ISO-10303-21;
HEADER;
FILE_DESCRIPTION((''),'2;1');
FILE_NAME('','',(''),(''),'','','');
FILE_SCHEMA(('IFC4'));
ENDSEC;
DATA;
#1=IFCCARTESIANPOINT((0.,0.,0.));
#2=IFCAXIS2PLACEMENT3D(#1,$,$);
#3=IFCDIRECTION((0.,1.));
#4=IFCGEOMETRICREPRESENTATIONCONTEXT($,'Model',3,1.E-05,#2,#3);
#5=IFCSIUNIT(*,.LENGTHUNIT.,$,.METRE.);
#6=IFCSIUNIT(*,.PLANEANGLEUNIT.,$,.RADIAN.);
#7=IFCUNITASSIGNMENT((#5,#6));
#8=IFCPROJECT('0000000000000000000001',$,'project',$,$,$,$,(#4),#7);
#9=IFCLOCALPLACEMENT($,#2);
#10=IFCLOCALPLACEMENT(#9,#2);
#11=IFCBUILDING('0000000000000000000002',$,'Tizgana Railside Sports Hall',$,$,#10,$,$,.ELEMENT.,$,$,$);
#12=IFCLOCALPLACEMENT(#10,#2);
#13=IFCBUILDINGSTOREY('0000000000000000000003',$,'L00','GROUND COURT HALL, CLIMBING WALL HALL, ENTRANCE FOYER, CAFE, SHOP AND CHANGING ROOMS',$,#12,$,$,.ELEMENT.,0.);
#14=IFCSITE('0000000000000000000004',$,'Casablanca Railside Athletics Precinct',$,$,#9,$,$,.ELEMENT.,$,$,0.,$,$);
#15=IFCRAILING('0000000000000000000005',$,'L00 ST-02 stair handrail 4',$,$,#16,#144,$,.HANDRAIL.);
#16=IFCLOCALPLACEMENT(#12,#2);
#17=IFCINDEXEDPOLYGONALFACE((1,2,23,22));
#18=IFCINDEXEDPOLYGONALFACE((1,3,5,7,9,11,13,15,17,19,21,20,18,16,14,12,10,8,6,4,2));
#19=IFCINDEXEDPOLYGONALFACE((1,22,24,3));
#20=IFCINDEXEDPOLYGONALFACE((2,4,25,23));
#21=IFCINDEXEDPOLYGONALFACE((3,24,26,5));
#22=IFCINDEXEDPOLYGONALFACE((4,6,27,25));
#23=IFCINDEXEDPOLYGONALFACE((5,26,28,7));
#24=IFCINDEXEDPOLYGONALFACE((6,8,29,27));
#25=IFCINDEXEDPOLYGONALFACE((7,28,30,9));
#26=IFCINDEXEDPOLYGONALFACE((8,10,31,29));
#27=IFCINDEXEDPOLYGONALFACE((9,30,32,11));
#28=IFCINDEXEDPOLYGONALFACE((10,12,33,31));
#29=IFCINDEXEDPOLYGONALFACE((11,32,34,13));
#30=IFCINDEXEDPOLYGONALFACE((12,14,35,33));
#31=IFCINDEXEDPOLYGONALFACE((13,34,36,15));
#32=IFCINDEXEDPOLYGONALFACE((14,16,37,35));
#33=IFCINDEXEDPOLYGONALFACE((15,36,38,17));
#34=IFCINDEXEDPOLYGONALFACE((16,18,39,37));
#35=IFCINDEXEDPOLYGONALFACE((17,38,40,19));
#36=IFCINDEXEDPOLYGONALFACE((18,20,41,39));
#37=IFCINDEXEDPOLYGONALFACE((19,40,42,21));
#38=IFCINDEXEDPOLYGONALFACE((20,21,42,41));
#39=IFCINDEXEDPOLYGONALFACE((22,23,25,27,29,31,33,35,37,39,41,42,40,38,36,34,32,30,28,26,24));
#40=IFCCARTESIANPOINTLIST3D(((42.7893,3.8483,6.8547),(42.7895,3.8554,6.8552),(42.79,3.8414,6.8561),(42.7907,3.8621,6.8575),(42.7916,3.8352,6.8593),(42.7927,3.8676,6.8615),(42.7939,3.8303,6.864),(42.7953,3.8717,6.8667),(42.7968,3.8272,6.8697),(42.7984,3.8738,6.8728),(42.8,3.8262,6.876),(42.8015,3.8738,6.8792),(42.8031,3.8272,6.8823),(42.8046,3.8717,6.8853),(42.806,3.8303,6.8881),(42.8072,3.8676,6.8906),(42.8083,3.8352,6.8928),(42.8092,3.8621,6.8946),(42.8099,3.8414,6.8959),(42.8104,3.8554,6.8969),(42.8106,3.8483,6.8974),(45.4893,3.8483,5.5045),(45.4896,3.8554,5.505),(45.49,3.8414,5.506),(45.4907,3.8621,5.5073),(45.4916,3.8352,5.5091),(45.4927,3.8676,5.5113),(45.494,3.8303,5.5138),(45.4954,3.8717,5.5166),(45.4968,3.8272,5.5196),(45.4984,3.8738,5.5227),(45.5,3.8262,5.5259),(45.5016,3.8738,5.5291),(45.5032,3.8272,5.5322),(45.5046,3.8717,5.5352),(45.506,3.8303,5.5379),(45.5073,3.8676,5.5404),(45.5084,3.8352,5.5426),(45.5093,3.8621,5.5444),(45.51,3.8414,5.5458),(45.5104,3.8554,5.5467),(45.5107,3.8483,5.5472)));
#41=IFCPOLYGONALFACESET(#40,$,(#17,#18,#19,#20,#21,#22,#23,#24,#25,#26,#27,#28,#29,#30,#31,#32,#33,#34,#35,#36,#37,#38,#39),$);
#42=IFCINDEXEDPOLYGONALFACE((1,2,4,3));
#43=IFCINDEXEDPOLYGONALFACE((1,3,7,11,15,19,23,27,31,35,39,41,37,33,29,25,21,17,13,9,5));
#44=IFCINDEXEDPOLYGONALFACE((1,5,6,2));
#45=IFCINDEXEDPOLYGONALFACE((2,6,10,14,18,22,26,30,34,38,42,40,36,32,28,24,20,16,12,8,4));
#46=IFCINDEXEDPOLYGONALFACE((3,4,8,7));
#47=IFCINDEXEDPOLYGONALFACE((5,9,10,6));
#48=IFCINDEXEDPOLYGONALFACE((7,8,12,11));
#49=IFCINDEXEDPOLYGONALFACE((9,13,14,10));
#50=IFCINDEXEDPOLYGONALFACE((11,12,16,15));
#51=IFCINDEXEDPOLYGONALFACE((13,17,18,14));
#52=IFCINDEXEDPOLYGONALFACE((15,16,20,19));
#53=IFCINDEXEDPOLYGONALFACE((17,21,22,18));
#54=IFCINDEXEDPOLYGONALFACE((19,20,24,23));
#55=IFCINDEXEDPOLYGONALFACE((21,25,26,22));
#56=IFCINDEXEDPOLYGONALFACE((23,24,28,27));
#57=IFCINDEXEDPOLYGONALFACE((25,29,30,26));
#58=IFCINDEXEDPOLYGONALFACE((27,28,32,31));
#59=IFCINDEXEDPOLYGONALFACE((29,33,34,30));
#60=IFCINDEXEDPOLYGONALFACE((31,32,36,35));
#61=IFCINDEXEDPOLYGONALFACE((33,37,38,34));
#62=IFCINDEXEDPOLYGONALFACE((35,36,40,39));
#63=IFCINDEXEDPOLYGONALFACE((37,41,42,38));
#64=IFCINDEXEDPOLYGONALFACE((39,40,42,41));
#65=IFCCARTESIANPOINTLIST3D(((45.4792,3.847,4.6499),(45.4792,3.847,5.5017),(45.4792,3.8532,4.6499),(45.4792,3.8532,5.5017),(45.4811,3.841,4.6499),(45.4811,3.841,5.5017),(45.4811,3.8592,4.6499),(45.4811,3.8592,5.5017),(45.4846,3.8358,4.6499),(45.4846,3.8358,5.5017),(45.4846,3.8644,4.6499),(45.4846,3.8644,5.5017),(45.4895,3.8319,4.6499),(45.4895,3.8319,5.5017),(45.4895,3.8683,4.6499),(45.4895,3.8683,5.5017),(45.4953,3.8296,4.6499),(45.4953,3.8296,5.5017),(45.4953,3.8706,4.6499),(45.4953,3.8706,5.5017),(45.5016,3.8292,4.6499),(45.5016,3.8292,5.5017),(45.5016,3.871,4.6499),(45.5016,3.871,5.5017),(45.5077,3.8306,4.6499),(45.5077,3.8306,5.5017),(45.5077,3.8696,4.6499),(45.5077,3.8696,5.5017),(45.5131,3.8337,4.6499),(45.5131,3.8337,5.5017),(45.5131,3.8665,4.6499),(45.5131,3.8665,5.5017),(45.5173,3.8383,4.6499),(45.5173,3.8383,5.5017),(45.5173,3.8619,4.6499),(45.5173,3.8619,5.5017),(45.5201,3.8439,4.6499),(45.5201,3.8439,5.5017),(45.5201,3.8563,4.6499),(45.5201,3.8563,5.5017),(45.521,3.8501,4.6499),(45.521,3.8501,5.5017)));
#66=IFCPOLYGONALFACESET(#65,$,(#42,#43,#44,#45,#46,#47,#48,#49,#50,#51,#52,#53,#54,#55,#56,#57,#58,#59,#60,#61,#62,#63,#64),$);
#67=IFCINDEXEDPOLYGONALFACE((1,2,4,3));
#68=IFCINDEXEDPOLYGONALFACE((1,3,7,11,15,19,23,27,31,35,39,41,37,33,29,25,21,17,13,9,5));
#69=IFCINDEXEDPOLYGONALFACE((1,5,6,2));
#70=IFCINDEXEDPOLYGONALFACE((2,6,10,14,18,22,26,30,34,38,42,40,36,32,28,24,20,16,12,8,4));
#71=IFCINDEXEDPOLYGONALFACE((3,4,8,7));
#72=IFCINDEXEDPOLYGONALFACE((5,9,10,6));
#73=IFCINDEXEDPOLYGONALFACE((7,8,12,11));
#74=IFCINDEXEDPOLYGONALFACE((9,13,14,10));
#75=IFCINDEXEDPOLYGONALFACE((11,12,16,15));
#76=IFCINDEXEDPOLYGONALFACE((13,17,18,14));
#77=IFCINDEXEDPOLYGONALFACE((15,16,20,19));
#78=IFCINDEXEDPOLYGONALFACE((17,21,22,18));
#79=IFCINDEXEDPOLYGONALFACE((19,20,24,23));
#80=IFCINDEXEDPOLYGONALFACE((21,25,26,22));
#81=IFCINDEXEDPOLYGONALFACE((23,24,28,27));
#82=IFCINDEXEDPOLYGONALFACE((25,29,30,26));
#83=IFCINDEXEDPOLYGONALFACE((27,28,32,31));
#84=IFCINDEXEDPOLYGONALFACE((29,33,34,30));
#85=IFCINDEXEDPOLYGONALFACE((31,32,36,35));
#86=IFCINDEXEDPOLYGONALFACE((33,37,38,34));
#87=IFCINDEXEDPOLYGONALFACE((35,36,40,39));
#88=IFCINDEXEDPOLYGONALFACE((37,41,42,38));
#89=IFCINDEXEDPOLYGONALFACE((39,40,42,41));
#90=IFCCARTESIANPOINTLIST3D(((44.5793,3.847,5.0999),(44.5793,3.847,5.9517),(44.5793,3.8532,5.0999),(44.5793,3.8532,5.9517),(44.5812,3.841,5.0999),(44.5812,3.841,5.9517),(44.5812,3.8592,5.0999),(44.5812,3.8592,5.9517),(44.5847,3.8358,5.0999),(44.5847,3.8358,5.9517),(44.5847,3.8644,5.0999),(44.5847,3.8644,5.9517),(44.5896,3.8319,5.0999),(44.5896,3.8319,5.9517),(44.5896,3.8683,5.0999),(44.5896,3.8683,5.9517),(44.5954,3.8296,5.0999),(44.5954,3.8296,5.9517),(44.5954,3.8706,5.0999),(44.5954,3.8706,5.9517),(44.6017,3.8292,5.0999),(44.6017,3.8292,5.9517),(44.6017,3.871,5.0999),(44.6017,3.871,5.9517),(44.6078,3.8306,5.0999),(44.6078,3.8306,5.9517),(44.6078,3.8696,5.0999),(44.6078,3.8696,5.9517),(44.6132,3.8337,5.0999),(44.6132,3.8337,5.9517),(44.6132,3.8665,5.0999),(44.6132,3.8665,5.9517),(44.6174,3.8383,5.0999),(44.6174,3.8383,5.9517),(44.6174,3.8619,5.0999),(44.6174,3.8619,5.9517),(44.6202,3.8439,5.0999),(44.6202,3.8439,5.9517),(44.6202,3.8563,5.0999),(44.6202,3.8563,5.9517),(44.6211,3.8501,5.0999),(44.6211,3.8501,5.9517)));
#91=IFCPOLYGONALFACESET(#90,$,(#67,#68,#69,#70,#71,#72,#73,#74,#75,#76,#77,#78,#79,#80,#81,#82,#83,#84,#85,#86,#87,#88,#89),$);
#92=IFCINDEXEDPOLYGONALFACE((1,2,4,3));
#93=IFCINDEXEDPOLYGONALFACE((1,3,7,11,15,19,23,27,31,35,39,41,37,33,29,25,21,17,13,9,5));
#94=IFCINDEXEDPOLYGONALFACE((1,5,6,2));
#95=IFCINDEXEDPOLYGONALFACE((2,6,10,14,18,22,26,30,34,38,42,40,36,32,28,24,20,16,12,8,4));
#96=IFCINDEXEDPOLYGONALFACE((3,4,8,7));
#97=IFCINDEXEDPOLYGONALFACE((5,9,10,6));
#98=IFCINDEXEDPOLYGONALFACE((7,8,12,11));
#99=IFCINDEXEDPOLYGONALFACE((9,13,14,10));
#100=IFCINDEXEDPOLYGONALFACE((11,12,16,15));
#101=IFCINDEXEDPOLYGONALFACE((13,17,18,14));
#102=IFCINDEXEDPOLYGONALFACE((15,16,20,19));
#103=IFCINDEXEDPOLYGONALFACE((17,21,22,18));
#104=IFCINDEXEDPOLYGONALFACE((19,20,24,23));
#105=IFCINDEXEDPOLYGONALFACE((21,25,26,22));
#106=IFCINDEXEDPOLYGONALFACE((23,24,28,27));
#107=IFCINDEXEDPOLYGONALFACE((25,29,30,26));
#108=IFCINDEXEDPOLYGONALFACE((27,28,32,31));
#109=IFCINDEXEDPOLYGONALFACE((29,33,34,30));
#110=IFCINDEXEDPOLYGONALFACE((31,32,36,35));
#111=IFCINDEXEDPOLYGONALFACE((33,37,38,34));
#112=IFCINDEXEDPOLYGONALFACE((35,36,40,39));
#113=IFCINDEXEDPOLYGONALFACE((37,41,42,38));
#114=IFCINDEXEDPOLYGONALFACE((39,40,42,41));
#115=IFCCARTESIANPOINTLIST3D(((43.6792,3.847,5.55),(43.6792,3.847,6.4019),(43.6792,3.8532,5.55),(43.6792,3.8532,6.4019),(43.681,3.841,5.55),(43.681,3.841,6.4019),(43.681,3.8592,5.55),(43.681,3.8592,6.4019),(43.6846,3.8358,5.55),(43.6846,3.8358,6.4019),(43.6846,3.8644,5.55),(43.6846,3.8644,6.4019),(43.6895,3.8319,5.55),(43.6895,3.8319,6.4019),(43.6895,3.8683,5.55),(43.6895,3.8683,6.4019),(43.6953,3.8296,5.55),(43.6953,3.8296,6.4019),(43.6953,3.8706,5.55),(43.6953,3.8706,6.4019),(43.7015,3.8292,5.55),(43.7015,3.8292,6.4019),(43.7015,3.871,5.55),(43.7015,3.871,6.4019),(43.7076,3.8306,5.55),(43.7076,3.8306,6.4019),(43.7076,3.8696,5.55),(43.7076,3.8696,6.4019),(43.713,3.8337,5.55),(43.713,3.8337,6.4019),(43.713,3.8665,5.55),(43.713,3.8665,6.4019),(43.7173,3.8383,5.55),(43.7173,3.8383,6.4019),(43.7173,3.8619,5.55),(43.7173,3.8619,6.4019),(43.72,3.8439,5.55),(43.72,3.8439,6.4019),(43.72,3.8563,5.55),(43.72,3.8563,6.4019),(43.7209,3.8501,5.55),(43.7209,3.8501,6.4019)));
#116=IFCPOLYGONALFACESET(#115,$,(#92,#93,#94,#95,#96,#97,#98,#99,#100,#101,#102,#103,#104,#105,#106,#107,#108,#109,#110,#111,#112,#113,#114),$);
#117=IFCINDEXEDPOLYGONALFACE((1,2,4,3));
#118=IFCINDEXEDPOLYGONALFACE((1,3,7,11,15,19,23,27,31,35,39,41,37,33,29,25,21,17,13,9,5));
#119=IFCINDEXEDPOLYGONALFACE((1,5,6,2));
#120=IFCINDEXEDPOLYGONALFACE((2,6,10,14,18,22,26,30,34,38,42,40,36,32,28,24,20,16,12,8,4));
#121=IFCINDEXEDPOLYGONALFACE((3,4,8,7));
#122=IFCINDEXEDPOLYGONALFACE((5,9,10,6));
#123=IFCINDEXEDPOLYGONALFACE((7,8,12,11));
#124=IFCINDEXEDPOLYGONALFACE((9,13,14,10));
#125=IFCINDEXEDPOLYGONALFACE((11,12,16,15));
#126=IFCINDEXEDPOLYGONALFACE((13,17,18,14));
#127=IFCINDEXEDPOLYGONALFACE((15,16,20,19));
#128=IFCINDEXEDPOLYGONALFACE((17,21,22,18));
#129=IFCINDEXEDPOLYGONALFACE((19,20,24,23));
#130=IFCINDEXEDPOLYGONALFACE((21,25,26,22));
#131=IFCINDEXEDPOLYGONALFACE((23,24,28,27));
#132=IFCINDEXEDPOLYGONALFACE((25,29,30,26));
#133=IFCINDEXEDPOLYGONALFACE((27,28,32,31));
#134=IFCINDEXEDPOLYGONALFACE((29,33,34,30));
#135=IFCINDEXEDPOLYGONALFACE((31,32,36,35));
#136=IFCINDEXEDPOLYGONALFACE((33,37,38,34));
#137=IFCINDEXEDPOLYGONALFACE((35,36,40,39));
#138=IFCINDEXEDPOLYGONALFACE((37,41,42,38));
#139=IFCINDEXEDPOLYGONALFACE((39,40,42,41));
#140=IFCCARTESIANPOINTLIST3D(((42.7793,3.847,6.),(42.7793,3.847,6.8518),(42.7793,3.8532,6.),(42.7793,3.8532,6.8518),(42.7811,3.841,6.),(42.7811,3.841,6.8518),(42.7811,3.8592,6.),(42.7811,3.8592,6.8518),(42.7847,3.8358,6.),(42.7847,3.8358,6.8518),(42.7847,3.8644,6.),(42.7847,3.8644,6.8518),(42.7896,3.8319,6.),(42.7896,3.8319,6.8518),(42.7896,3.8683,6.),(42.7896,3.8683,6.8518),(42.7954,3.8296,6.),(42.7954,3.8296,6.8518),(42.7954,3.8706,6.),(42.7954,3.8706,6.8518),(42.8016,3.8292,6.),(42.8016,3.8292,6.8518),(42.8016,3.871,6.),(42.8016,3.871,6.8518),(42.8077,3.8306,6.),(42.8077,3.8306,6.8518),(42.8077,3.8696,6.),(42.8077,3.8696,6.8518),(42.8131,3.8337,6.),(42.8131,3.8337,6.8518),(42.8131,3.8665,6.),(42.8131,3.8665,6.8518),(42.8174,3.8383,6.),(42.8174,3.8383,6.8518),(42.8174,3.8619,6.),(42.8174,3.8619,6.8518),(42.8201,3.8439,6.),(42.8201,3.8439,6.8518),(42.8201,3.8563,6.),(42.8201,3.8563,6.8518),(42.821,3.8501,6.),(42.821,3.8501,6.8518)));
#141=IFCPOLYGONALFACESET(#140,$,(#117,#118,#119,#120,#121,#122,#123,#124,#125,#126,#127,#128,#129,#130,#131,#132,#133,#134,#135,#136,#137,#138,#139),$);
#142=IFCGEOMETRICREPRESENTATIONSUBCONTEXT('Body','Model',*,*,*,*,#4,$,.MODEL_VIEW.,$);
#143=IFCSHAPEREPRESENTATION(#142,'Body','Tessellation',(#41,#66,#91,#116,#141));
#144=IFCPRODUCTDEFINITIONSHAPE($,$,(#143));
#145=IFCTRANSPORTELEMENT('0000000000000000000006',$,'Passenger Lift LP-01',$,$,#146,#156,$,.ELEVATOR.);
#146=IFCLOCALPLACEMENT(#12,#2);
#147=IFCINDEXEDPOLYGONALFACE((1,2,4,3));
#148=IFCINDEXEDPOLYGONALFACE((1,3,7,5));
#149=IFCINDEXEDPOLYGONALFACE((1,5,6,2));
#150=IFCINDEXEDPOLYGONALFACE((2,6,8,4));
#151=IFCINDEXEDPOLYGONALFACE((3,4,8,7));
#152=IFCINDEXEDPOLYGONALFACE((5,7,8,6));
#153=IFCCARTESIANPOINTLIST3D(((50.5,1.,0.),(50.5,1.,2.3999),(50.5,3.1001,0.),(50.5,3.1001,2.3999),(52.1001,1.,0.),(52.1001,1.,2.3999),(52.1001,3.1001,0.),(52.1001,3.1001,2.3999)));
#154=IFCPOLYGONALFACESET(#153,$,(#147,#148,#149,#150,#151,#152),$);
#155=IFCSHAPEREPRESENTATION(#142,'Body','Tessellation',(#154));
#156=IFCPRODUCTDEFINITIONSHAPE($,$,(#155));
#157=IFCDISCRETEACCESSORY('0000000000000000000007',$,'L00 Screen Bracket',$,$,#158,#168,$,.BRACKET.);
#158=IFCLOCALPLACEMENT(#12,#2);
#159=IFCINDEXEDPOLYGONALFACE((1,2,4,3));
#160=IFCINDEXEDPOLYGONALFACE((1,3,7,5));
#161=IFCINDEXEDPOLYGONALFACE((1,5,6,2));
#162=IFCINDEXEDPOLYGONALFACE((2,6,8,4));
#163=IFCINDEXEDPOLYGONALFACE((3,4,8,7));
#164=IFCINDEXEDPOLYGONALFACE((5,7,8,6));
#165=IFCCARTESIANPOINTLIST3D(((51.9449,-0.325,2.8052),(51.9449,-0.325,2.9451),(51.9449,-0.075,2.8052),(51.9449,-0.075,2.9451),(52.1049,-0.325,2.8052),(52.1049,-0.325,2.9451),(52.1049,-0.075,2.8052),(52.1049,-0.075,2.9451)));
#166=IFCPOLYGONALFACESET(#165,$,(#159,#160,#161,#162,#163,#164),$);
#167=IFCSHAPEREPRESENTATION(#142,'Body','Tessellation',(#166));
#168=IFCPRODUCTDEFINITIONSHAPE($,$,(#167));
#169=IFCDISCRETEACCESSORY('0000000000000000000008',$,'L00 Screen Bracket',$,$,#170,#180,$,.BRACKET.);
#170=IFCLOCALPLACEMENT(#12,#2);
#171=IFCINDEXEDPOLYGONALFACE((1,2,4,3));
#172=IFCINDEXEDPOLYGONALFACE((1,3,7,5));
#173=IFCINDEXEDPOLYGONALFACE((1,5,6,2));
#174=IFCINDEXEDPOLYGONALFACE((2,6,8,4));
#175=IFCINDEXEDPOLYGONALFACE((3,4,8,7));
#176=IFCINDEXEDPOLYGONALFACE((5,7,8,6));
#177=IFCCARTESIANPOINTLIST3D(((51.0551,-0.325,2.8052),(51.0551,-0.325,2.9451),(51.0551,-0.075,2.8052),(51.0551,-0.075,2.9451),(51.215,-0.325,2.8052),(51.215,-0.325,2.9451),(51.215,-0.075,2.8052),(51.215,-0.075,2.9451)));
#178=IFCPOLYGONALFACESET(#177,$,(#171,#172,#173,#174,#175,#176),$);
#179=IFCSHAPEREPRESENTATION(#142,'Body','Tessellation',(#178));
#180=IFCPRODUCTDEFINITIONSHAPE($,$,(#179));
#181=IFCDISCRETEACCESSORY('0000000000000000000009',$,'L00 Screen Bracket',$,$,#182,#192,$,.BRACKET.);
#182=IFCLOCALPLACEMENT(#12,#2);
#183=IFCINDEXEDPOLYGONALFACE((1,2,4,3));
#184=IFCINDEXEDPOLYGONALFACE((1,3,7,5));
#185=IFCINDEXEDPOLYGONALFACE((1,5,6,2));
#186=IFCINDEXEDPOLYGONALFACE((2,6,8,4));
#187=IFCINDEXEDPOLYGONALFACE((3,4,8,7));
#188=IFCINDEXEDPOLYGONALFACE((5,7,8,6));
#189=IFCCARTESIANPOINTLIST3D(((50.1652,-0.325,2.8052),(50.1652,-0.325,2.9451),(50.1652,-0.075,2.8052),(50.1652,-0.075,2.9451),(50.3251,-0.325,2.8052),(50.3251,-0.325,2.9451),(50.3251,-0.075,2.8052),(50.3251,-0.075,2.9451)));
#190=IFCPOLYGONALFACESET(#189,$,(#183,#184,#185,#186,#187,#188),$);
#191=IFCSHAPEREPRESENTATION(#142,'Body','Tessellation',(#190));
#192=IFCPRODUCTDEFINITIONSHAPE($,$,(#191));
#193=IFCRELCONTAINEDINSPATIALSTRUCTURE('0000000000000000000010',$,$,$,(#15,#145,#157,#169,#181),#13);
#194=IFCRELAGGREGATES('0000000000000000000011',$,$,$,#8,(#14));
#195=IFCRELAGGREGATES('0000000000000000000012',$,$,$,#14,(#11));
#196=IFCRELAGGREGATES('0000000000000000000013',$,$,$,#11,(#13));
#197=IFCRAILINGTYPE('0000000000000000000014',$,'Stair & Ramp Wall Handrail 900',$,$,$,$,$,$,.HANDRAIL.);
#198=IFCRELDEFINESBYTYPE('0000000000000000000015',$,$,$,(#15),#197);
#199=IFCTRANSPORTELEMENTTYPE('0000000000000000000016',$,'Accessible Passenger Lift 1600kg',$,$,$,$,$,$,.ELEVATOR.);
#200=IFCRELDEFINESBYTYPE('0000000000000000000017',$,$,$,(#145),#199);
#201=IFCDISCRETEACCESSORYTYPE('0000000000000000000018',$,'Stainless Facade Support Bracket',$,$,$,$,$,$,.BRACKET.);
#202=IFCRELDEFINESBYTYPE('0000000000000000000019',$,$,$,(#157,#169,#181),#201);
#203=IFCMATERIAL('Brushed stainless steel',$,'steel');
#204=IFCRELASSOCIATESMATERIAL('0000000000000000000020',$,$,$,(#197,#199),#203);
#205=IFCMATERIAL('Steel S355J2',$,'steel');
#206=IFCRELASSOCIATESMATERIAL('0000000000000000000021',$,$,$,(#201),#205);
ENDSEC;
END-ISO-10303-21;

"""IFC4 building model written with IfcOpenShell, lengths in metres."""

from ifc_helpers import new_model, si_unit, direction, frame, origin, origin_2d, place, context, subcontext, project, spatial, rectangle, circle, extrude, material, type_object, element, save


model = new_model("IFC4")

# Units and contexts
model_context = context("Model", 3, precision=1e-05, world=origin(), true_north=direction((0.0, 1.0)))
body_context = subcontext(model_context, "Body", "Model", "MODEL_VIEW")
ifc_project = project(units=[si_unit("LENGTHUNIT", "METRE"), si_unit("PLANEANGLEUNIT", "RADIAN")], contexts=[model_context])

# Site, building, storey
site_placement = place(None, origin())
site = spatial("IfcSite", under=ifc_project, at=site_placement, Name="Casablanca Railside Athletics Precinct", CompositionType="ELEMENT", RefElevation=0.0)
building_placement = place(site_placement, origin())
building = spatial("IfcBuilding", under=site, at=building_placement, Name="Tizgana Railside Sports Hall", CompositionType="ELEMENT")
storey_placement = place(building_placement, origin())
storey = spatial("IfcBuildingStorey", under=building, at=storey_placement, Name="L00", Description="GROUND COURT HALL, CLIMBING WALL HALL, ENTRANCE FOYER, CAFE, SHOP AND CHANGING ROOMS", CompositionType="ELEMENT", Elevation=0.0)

# Shared definitions
ifc_material_1 = material(Name="Steel S355J2", Category="steel")

# Shared definitions
ifc_material_2 = material(Name="Brushed stainless steel", Category="steel")

# Railing
railing_type_1 = type_object("IfcRailingType", Name="Stair & Ramp Wall Handrail 900", PredefinedType="HANDRAIL", material=ifc_material_2)
for number, where, name in (
    (1, (45.5, 3.8501, 4.6499), "L00 ST-02 stair handrail 4"),
):
    element("IfcRailing", number, at=place(storey_placement, frame(where)), inside=storey, type_object=railing_type_1, Name=name, PredefinedType="HANDRAIL", context=body_context, shape_type="SweptSolid", body=[
        extrude(circle(Radius=0.0239, at=origin_2d()), frame((0.0, 0.0, 0.876), z_axis=(-0.894411, 0.0, 0.447246), x_axis=(0.0, -1.0, 0.0)), (0.0, 0.0, 1.0), 3.0188),
        extrude(circle(Radius=0.021, at=origin_2d()), origin(), (0.0, 0.0, 1.0), 0.8518),
        extrude(circle(Radius=0.021, at=origin_2d()), frame((-0.8999, 0.0, 0.45)), (0.0, 0.0, 1.0), 0.8518),
        extrude(circle(Radius=0.021, at=origin_2d()), frame((-1.8, 0.0, 0.9001)), (0.0, 0.0, 1.0), 0.8518),
        extrude(circle(Radius=0.021, at=origin_2d()), frame((-2.7, 0.0, 1.3501)), (0.0, 0.0, 1.0), 0.8518),
    ])

# Transport element
transport_element_type = type_object("IfcTransportElementType", Name="Accessible Passenger Lift 1600kg", PredefinedType="ELEVATOR", material=ifc_material_2)
transport_element_placement = place(storey_placement, frame((51.3, 2.05, 0.0), z_axis=(0.0, 0.0, 1.0), x_axis=(1.0, 0.0, 0.0)))
element("IfcTransportElement", 2, at=transport_element_placement, inside=storey, type_object=transport_element_type, Name="Passenger Lift LP-01", PredefinedType="ELEVATOR", context=body_context, shape_type="SweptSolid", body=[
    extrude(rectangle(XDim=1.6001, YDim=2.1001, at=origin_2d()), origin(), (0.0, 0.0, 1.0), 2.3999),
])

# Discrete accessories
discrete_accessory_type = type_object("IfcDiscreteAccessoryType", Name="Stainless Facade Support Bracket", PredefinedType="BRACKET", material=ifc_material_1)
for number, where, z_axis, x_axis, name in (
    (3, (52.0249, -0.2, 2.8052), (0.0, 0.0, 1.0), (-1.0, 0.0, 0.0), "L00 Screen Bracket"),
    (4, (51.135, -0.2, 2.8052), (0.0, 0.0, 1.0), (-1.0, 0.0, 0.0), "L00 Screen Bracket"),
    (5, (50.2451, -0.2, 2.8052), (0.0, 0.0, 1.0), (-1.0, 0.0, 0.0), "L00 Screen Bracket"),
):
    element("IfcDiscreteAccessory", number, at=place(storey_placement, frame(where, z_axis=z_axis, x_axis=x_axis)), inside=storey, type_object=discrete_accessory_type, Name=name, PredefinedType="BRACKET", context=body_context, shape_type="SweptSolid", body=[
        extrude(rectangle(XDim=0.1599, YDim=0.25, at=origin_2d()), origin(), (0.0, 0.0, 1.0), 0.1399),
    ])

save(model, "model.ifc")
